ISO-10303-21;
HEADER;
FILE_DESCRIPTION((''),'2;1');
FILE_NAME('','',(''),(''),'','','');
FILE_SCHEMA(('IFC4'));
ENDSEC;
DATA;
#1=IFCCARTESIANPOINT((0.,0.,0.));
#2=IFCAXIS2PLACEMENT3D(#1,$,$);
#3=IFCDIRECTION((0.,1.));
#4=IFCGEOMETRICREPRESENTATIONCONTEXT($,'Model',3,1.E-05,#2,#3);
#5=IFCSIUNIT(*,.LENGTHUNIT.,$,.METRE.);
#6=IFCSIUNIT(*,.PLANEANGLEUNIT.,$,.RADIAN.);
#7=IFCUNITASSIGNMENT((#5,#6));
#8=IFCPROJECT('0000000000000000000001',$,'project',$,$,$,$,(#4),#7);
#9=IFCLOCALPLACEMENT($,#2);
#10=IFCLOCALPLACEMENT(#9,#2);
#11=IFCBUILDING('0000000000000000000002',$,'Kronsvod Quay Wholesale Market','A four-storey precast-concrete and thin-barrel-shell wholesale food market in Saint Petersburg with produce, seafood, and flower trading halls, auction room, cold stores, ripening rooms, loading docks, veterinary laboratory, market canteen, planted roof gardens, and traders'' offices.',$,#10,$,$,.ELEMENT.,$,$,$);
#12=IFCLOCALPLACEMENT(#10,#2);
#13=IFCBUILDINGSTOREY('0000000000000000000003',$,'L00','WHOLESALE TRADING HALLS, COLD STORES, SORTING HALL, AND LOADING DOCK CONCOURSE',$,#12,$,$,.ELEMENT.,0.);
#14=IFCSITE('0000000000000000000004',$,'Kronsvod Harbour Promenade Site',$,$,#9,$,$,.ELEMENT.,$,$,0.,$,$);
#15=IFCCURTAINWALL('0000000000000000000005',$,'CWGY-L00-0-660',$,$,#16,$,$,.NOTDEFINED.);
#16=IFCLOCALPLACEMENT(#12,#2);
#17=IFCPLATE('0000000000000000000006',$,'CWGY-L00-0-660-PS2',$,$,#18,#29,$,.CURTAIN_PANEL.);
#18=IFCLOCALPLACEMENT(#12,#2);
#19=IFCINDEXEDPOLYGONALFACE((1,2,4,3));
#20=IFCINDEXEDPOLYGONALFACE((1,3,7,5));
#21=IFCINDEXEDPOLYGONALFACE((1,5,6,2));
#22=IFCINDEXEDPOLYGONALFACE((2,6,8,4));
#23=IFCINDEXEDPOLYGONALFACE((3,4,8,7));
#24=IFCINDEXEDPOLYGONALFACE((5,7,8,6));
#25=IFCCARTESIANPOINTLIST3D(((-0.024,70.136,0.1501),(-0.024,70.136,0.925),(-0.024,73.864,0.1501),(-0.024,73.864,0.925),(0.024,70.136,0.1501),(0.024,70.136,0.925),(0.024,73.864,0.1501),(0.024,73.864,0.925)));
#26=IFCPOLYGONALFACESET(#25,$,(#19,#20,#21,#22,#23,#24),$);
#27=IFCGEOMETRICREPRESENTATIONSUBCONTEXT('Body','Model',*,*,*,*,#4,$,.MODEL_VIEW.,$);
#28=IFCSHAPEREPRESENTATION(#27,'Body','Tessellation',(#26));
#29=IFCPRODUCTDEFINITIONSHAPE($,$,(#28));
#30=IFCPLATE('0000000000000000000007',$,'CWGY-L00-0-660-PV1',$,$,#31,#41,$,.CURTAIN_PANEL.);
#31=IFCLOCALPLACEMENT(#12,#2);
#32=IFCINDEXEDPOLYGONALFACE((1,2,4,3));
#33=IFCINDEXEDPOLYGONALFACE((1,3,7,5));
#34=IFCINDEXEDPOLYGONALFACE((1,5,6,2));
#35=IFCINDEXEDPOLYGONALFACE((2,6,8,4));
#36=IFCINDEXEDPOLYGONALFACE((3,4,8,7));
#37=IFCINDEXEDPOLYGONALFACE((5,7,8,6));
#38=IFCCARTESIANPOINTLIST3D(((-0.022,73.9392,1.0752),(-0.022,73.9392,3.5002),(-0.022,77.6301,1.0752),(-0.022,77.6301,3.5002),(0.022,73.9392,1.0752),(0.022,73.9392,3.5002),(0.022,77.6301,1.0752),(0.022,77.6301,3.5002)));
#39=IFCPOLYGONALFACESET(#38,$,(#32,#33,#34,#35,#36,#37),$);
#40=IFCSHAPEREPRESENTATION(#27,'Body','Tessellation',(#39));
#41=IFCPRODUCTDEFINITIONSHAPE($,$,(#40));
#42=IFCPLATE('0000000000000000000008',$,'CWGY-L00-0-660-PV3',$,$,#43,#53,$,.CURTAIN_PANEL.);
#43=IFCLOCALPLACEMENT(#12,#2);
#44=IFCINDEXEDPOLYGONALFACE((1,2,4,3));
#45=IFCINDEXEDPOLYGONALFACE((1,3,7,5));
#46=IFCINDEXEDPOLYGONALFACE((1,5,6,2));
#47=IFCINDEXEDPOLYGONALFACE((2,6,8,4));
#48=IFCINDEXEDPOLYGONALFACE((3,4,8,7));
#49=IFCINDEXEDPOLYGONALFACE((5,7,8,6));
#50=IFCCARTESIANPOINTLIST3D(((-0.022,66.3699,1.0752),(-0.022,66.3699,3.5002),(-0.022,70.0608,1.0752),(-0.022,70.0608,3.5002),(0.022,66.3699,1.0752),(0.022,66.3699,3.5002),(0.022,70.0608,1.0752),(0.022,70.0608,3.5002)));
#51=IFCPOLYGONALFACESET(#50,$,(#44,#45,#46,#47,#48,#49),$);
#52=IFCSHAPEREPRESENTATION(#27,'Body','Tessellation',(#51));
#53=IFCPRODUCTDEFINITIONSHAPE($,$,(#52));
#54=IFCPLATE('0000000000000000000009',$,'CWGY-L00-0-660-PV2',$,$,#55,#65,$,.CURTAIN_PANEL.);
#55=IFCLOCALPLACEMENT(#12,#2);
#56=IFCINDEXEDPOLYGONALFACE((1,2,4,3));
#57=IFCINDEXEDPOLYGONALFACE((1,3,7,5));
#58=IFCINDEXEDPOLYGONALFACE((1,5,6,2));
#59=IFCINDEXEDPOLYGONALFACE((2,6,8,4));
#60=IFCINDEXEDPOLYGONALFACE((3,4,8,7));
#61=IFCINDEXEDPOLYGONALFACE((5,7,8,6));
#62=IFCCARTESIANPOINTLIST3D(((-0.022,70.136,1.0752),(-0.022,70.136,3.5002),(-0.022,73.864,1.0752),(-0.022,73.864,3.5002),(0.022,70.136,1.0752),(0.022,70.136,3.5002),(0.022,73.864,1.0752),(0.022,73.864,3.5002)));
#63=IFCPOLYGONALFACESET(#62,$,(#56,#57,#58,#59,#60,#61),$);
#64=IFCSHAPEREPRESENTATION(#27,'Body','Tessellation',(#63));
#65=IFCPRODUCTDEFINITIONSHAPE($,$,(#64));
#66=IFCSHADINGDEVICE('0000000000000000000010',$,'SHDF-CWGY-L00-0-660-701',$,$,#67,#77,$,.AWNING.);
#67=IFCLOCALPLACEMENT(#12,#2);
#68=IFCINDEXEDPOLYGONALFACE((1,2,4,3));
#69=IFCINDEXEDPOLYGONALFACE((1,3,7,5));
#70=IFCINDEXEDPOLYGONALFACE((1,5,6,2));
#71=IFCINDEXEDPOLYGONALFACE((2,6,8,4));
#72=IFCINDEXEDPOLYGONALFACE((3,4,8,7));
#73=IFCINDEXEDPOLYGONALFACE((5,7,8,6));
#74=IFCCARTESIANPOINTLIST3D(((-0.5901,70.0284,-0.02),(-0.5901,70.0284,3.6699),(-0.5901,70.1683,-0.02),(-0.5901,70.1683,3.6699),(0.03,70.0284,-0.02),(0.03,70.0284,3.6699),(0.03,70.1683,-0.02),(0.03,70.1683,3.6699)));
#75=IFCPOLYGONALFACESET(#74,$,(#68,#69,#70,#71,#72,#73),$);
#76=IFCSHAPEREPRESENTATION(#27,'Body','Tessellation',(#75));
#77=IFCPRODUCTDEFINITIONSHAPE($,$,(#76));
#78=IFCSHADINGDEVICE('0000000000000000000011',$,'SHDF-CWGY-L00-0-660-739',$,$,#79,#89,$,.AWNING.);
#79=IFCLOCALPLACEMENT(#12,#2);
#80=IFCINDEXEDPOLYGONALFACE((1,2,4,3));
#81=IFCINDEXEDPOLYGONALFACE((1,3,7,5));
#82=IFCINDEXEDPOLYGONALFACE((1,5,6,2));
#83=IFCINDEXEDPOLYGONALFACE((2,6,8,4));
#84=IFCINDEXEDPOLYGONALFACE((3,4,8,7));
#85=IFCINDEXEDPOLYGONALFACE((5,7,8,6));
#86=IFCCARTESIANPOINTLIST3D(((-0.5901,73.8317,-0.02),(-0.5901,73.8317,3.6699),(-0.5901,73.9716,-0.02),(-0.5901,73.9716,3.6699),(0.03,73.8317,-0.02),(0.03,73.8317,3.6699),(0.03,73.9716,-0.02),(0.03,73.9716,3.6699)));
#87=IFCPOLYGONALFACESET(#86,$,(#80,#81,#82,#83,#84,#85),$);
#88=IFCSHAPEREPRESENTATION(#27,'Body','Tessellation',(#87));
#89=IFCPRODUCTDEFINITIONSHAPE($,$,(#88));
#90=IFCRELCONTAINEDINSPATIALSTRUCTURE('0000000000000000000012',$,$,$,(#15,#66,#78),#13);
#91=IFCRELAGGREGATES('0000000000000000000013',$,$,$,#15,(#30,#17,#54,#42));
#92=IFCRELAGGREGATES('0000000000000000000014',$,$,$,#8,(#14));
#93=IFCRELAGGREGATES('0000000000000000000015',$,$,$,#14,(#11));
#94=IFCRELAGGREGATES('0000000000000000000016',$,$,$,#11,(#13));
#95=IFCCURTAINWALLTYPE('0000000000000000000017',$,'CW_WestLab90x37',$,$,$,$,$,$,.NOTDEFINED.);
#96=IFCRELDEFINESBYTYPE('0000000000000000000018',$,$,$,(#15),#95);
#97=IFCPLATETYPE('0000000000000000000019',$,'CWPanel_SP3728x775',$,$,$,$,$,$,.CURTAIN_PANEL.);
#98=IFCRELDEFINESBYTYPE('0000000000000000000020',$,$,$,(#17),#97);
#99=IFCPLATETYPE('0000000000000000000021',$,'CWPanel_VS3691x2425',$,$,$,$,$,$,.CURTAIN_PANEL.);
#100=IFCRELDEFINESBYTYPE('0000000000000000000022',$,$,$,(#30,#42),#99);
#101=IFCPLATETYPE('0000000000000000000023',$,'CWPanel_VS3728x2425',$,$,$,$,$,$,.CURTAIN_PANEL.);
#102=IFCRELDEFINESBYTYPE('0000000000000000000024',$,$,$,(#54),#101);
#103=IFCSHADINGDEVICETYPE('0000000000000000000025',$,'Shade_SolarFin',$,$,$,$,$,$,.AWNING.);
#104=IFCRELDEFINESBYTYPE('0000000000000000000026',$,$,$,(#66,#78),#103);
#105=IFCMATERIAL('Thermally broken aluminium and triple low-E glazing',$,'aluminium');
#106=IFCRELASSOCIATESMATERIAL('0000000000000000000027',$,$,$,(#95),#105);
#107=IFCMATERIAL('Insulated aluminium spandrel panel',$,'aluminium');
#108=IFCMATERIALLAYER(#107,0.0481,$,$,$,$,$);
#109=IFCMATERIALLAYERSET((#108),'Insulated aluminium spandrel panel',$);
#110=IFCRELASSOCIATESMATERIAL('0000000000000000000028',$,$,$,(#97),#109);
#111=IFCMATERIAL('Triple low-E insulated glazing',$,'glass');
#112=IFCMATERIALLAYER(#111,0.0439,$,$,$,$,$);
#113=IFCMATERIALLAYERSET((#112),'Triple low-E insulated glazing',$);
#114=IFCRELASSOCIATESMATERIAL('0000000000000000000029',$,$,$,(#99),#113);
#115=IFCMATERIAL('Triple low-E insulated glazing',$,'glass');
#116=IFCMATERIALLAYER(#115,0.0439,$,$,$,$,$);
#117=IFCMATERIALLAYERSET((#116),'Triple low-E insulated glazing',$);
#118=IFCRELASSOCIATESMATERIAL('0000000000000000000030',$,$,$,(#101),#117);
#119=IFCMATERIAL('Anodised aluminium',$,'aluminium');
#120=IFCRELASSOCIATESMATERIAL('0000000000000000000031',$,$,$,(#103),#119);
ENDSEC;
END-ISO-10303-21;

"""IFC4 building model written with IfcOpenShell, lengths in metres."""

from ifc_helpers import new_model, si_unit, direction, frame, origin, origin_2d, place, context, subcontext, project, spatial, rectangle, extrude, material, layer, layer_set, type_object, element, aggregate, save


model = new_model("IFC4")

# Units and contexts
model_context = context("Model", 3, precision=1e-05, world=origin(), true_north=direction((0.0, 1.0)))
body_context = subcontext(model_context, "Body", "Model", "MODEL_VIEW")
ifc_project = project(units=[si_unit("LENGTHUNIT", "METRE"), si_unit("PLANEANGLEUNIT", "RADIAN")], contexts=[model_context])

# Site, building, storey
site_placement = place(None, origin())
site = spatial("IfcSite", under=ifc_project, at=site_placement, Name="Kronsvod Harbour Promenade Site", CompositionType="ELEMENT", RefElevation=0.0)
building_placement = place(site_placement, origin())
building = spatial("IfcBuilding", under=site, at=building_placement, Name="Kronsvod Quay Wholesale Market", Description="A four-storey precast-concrete and thin-barrel-shell wholesale food market in Saint Petersburg with produce, seafood, and flower trading halls, auction room, cold stores, ripening rooms, loading docks, veterinary laboratory, market canteen, planted roof gardens, and traders' offices.", CompositionType="ELEMENT")
storey_placement = place(building_placement, origin())
storey = spatial("IfcBuildingStorey", under=building, at=storey_placement, Name="L00", Description="WHOLESALE TRADING HALLS, COLD STORES, SORTING HALL, AND LOADING DOCK CONCOURSE", CompositionType="ELEMENT", Elevation=0.0)

# Curtain wall, plates
ifc_material_1 = material(Name="Thermally broken aluminium and triple low-E glazing", Category="aluminium")
curtain_wall_type = type_object("IfcCurtainWallType", Name="CW_WestLab90x37", PredefinedType="NOTDEFINED", material=ifc_material_1)
curtain_wall_placement = place(storey_placement, origin())
curtain_wall = element("IfcCurtainWall", 1, at=curtain_wall_placement, inside=storey, type_object=curtain_wall_type, Name="CWGY-L00-0-660", PredefinedType="NOTDEFINED")
ifc_material_2 = material(Name="Insulated aluminium spandrel panel", Category="aluminium")
ifc_layer_1 = layer(ifc_material_2, 0.0481)
ifc_layer_set_1 = layer_set([ifc_layer_1], Name="Insulated aluminium spandrel panel")
plate_type_1 = type_object("IfcPlateType", Name="CWPanel_SP3728x775", PredefinedType="CURTAIN_PANEL", material=ifc_layer_set_1)
plate_1_placement = place(storey_placement, frame((0.0, 72.0, 0.1501), z_axis=(0.0, 0.0, 1.0), x_axis=(0.0, -1.0, 0.0)))
plate_1 = element("IfcPlate", 2, at=plate_1_placement, type_object=plate_type_1, Name="CWGY-L00-0-660-PS2", PredefinedType="CURTAIN_PANEL", context=body_context, shape_type="SweptSolid", body=[
    extrude(rectangle(XDim=3.728, YDim=0.0481, at=origin_2d()), origin(), (0.0, 0.0, 1.0), 0.7749),
])
ifc_material_3 = material(Name="Triple low-E insulated glazing", Category="glass")
ifc_layer_2 = layer(ifc_material_3, 0.0439)
ifc_layer_set_2 = layer_set([ifc_layer_2], Name="Triple low-E insulated glazing")
plate_type_2 = type_object("IfcPlateType", Name="CWPanel_VS3691x2425", PredefinedType="CURTAIN_PANEL", material=ifc_layer_set_2)
plate_2_placement = place(storey_placement, frame((0.0, 75.7847, 1.0752), z_axis=(0.0, 0.0, 1.0), x_axis=(0.0, -1.0, 0.0)))
plate_2 = element("IfcPlate", 3, at=plate_2_placement, type_object=plate_type_2, Name="CWGY-L00-0-660-PV1", PredefinedType="CURTAIN_PANEL", context=body_context, shape_type="SweptSolid", body=[
    extrude(rectangle(XDim=3.6909, YDim=0.0439, at=origin_2d()), origin(), (0.0, 0.0, 1.0), 2.425),
])
plate_3_placement = place(storey_placement, frame((0.0, 68.2153, 1.0752), z_axis=(0.0, 0.0, 1.0), x_axis=(0.0, -1.0, 0.0)))
plate_3 = element("IfcPlate", 4, at=plate_3_placement, type_object=plate_type_2, Name="CWGY-L00-0-660-PV3", PredefinedType="CURTAIN_PANEL", context=body_context, shape_type="SweptSolid", body=[
    extrude(rectangle(XDim=3.6909, YDim=0.0439, at=origin_2d()), origin(), (0.0, 0.0, 1.0), 2.425),
])
ifc_material_4 = material(Name="Triple low-E insulated glazing", Category="glass")
ifc_layer_3 = layer(ifc_material_4, 0.0439)
ifc_layer_set_3 = layer_set([ifc_layer_3], Name="Triple low-E insulated glazing")
plate_type_3 = type_object("IfcPlateType", Name="CWPanel_VS3728x2425", PredefinedType="CURTAIN_PANEL", material=ifc_layer_set_3)
plate_4_placement = place(storey_placement, frame((0.0, 72.0, 1.0752), z_axis=(0.0, 0.0, 1.0), x_axis=(0.0, -1.0, 0.0)))
plate_4 = element("IfcPlate", 5, at=plate_4_placement, type_object=plate_type_3, Name="CWGY-L00-0-660-PV2", PredefinedType="CURTAIN_PANEL", context=body_context, shape_type="SweptSolid", body=[
    extrude(rectangle(XDim=3.728, YDim=0.0439, at=origin_2d()), origin(), (0.0, 0.0, 1.0), 2.425),
])
aggregate(curtain_wall, [plate_2, plate_1, plate_4, plate_3])

# Shading devices
ifc_material_5 = material(Name="Anodised aluminium", Category="aluminium")
shading_device_type = type_object("IfcShadingDeviceType", Name="Shade_SolarFin", PredefinedType="AWNING", material=ifc_material_5)
for number, where, z_axis, x_axis, name in (
    (6, (-0.28, 70.0984, -0.02), (0.0, 0.0, 1.0), (1.0, 0.0, 0.0), "SHDF-CWGY-L00-0-660-701"),
    (7, (-0.28, 73.9016, -0.02), (0.0, 0.0, 1.0), (1.0, 0.0, 0.0), "SHDF-CWGY-L00-0-660-739"),
):
    element("IfcShadingDevice", number, at=place(storey_placement, frame(where, z_axis=z_axis, x_axis=x_axis)), inside=storey, type_object=shading_device_type, Name=name, PredefinedType="AWNING", context=body_context, shape_type="SweptSolid", body=[
        extrude(rectangle(XDim=0.6201, YDim=0.1399, at=origin_2d()), origin(), (0.0, 0.0, 1.0), 3.6899),
    ])

save(model, "model.ifc")
